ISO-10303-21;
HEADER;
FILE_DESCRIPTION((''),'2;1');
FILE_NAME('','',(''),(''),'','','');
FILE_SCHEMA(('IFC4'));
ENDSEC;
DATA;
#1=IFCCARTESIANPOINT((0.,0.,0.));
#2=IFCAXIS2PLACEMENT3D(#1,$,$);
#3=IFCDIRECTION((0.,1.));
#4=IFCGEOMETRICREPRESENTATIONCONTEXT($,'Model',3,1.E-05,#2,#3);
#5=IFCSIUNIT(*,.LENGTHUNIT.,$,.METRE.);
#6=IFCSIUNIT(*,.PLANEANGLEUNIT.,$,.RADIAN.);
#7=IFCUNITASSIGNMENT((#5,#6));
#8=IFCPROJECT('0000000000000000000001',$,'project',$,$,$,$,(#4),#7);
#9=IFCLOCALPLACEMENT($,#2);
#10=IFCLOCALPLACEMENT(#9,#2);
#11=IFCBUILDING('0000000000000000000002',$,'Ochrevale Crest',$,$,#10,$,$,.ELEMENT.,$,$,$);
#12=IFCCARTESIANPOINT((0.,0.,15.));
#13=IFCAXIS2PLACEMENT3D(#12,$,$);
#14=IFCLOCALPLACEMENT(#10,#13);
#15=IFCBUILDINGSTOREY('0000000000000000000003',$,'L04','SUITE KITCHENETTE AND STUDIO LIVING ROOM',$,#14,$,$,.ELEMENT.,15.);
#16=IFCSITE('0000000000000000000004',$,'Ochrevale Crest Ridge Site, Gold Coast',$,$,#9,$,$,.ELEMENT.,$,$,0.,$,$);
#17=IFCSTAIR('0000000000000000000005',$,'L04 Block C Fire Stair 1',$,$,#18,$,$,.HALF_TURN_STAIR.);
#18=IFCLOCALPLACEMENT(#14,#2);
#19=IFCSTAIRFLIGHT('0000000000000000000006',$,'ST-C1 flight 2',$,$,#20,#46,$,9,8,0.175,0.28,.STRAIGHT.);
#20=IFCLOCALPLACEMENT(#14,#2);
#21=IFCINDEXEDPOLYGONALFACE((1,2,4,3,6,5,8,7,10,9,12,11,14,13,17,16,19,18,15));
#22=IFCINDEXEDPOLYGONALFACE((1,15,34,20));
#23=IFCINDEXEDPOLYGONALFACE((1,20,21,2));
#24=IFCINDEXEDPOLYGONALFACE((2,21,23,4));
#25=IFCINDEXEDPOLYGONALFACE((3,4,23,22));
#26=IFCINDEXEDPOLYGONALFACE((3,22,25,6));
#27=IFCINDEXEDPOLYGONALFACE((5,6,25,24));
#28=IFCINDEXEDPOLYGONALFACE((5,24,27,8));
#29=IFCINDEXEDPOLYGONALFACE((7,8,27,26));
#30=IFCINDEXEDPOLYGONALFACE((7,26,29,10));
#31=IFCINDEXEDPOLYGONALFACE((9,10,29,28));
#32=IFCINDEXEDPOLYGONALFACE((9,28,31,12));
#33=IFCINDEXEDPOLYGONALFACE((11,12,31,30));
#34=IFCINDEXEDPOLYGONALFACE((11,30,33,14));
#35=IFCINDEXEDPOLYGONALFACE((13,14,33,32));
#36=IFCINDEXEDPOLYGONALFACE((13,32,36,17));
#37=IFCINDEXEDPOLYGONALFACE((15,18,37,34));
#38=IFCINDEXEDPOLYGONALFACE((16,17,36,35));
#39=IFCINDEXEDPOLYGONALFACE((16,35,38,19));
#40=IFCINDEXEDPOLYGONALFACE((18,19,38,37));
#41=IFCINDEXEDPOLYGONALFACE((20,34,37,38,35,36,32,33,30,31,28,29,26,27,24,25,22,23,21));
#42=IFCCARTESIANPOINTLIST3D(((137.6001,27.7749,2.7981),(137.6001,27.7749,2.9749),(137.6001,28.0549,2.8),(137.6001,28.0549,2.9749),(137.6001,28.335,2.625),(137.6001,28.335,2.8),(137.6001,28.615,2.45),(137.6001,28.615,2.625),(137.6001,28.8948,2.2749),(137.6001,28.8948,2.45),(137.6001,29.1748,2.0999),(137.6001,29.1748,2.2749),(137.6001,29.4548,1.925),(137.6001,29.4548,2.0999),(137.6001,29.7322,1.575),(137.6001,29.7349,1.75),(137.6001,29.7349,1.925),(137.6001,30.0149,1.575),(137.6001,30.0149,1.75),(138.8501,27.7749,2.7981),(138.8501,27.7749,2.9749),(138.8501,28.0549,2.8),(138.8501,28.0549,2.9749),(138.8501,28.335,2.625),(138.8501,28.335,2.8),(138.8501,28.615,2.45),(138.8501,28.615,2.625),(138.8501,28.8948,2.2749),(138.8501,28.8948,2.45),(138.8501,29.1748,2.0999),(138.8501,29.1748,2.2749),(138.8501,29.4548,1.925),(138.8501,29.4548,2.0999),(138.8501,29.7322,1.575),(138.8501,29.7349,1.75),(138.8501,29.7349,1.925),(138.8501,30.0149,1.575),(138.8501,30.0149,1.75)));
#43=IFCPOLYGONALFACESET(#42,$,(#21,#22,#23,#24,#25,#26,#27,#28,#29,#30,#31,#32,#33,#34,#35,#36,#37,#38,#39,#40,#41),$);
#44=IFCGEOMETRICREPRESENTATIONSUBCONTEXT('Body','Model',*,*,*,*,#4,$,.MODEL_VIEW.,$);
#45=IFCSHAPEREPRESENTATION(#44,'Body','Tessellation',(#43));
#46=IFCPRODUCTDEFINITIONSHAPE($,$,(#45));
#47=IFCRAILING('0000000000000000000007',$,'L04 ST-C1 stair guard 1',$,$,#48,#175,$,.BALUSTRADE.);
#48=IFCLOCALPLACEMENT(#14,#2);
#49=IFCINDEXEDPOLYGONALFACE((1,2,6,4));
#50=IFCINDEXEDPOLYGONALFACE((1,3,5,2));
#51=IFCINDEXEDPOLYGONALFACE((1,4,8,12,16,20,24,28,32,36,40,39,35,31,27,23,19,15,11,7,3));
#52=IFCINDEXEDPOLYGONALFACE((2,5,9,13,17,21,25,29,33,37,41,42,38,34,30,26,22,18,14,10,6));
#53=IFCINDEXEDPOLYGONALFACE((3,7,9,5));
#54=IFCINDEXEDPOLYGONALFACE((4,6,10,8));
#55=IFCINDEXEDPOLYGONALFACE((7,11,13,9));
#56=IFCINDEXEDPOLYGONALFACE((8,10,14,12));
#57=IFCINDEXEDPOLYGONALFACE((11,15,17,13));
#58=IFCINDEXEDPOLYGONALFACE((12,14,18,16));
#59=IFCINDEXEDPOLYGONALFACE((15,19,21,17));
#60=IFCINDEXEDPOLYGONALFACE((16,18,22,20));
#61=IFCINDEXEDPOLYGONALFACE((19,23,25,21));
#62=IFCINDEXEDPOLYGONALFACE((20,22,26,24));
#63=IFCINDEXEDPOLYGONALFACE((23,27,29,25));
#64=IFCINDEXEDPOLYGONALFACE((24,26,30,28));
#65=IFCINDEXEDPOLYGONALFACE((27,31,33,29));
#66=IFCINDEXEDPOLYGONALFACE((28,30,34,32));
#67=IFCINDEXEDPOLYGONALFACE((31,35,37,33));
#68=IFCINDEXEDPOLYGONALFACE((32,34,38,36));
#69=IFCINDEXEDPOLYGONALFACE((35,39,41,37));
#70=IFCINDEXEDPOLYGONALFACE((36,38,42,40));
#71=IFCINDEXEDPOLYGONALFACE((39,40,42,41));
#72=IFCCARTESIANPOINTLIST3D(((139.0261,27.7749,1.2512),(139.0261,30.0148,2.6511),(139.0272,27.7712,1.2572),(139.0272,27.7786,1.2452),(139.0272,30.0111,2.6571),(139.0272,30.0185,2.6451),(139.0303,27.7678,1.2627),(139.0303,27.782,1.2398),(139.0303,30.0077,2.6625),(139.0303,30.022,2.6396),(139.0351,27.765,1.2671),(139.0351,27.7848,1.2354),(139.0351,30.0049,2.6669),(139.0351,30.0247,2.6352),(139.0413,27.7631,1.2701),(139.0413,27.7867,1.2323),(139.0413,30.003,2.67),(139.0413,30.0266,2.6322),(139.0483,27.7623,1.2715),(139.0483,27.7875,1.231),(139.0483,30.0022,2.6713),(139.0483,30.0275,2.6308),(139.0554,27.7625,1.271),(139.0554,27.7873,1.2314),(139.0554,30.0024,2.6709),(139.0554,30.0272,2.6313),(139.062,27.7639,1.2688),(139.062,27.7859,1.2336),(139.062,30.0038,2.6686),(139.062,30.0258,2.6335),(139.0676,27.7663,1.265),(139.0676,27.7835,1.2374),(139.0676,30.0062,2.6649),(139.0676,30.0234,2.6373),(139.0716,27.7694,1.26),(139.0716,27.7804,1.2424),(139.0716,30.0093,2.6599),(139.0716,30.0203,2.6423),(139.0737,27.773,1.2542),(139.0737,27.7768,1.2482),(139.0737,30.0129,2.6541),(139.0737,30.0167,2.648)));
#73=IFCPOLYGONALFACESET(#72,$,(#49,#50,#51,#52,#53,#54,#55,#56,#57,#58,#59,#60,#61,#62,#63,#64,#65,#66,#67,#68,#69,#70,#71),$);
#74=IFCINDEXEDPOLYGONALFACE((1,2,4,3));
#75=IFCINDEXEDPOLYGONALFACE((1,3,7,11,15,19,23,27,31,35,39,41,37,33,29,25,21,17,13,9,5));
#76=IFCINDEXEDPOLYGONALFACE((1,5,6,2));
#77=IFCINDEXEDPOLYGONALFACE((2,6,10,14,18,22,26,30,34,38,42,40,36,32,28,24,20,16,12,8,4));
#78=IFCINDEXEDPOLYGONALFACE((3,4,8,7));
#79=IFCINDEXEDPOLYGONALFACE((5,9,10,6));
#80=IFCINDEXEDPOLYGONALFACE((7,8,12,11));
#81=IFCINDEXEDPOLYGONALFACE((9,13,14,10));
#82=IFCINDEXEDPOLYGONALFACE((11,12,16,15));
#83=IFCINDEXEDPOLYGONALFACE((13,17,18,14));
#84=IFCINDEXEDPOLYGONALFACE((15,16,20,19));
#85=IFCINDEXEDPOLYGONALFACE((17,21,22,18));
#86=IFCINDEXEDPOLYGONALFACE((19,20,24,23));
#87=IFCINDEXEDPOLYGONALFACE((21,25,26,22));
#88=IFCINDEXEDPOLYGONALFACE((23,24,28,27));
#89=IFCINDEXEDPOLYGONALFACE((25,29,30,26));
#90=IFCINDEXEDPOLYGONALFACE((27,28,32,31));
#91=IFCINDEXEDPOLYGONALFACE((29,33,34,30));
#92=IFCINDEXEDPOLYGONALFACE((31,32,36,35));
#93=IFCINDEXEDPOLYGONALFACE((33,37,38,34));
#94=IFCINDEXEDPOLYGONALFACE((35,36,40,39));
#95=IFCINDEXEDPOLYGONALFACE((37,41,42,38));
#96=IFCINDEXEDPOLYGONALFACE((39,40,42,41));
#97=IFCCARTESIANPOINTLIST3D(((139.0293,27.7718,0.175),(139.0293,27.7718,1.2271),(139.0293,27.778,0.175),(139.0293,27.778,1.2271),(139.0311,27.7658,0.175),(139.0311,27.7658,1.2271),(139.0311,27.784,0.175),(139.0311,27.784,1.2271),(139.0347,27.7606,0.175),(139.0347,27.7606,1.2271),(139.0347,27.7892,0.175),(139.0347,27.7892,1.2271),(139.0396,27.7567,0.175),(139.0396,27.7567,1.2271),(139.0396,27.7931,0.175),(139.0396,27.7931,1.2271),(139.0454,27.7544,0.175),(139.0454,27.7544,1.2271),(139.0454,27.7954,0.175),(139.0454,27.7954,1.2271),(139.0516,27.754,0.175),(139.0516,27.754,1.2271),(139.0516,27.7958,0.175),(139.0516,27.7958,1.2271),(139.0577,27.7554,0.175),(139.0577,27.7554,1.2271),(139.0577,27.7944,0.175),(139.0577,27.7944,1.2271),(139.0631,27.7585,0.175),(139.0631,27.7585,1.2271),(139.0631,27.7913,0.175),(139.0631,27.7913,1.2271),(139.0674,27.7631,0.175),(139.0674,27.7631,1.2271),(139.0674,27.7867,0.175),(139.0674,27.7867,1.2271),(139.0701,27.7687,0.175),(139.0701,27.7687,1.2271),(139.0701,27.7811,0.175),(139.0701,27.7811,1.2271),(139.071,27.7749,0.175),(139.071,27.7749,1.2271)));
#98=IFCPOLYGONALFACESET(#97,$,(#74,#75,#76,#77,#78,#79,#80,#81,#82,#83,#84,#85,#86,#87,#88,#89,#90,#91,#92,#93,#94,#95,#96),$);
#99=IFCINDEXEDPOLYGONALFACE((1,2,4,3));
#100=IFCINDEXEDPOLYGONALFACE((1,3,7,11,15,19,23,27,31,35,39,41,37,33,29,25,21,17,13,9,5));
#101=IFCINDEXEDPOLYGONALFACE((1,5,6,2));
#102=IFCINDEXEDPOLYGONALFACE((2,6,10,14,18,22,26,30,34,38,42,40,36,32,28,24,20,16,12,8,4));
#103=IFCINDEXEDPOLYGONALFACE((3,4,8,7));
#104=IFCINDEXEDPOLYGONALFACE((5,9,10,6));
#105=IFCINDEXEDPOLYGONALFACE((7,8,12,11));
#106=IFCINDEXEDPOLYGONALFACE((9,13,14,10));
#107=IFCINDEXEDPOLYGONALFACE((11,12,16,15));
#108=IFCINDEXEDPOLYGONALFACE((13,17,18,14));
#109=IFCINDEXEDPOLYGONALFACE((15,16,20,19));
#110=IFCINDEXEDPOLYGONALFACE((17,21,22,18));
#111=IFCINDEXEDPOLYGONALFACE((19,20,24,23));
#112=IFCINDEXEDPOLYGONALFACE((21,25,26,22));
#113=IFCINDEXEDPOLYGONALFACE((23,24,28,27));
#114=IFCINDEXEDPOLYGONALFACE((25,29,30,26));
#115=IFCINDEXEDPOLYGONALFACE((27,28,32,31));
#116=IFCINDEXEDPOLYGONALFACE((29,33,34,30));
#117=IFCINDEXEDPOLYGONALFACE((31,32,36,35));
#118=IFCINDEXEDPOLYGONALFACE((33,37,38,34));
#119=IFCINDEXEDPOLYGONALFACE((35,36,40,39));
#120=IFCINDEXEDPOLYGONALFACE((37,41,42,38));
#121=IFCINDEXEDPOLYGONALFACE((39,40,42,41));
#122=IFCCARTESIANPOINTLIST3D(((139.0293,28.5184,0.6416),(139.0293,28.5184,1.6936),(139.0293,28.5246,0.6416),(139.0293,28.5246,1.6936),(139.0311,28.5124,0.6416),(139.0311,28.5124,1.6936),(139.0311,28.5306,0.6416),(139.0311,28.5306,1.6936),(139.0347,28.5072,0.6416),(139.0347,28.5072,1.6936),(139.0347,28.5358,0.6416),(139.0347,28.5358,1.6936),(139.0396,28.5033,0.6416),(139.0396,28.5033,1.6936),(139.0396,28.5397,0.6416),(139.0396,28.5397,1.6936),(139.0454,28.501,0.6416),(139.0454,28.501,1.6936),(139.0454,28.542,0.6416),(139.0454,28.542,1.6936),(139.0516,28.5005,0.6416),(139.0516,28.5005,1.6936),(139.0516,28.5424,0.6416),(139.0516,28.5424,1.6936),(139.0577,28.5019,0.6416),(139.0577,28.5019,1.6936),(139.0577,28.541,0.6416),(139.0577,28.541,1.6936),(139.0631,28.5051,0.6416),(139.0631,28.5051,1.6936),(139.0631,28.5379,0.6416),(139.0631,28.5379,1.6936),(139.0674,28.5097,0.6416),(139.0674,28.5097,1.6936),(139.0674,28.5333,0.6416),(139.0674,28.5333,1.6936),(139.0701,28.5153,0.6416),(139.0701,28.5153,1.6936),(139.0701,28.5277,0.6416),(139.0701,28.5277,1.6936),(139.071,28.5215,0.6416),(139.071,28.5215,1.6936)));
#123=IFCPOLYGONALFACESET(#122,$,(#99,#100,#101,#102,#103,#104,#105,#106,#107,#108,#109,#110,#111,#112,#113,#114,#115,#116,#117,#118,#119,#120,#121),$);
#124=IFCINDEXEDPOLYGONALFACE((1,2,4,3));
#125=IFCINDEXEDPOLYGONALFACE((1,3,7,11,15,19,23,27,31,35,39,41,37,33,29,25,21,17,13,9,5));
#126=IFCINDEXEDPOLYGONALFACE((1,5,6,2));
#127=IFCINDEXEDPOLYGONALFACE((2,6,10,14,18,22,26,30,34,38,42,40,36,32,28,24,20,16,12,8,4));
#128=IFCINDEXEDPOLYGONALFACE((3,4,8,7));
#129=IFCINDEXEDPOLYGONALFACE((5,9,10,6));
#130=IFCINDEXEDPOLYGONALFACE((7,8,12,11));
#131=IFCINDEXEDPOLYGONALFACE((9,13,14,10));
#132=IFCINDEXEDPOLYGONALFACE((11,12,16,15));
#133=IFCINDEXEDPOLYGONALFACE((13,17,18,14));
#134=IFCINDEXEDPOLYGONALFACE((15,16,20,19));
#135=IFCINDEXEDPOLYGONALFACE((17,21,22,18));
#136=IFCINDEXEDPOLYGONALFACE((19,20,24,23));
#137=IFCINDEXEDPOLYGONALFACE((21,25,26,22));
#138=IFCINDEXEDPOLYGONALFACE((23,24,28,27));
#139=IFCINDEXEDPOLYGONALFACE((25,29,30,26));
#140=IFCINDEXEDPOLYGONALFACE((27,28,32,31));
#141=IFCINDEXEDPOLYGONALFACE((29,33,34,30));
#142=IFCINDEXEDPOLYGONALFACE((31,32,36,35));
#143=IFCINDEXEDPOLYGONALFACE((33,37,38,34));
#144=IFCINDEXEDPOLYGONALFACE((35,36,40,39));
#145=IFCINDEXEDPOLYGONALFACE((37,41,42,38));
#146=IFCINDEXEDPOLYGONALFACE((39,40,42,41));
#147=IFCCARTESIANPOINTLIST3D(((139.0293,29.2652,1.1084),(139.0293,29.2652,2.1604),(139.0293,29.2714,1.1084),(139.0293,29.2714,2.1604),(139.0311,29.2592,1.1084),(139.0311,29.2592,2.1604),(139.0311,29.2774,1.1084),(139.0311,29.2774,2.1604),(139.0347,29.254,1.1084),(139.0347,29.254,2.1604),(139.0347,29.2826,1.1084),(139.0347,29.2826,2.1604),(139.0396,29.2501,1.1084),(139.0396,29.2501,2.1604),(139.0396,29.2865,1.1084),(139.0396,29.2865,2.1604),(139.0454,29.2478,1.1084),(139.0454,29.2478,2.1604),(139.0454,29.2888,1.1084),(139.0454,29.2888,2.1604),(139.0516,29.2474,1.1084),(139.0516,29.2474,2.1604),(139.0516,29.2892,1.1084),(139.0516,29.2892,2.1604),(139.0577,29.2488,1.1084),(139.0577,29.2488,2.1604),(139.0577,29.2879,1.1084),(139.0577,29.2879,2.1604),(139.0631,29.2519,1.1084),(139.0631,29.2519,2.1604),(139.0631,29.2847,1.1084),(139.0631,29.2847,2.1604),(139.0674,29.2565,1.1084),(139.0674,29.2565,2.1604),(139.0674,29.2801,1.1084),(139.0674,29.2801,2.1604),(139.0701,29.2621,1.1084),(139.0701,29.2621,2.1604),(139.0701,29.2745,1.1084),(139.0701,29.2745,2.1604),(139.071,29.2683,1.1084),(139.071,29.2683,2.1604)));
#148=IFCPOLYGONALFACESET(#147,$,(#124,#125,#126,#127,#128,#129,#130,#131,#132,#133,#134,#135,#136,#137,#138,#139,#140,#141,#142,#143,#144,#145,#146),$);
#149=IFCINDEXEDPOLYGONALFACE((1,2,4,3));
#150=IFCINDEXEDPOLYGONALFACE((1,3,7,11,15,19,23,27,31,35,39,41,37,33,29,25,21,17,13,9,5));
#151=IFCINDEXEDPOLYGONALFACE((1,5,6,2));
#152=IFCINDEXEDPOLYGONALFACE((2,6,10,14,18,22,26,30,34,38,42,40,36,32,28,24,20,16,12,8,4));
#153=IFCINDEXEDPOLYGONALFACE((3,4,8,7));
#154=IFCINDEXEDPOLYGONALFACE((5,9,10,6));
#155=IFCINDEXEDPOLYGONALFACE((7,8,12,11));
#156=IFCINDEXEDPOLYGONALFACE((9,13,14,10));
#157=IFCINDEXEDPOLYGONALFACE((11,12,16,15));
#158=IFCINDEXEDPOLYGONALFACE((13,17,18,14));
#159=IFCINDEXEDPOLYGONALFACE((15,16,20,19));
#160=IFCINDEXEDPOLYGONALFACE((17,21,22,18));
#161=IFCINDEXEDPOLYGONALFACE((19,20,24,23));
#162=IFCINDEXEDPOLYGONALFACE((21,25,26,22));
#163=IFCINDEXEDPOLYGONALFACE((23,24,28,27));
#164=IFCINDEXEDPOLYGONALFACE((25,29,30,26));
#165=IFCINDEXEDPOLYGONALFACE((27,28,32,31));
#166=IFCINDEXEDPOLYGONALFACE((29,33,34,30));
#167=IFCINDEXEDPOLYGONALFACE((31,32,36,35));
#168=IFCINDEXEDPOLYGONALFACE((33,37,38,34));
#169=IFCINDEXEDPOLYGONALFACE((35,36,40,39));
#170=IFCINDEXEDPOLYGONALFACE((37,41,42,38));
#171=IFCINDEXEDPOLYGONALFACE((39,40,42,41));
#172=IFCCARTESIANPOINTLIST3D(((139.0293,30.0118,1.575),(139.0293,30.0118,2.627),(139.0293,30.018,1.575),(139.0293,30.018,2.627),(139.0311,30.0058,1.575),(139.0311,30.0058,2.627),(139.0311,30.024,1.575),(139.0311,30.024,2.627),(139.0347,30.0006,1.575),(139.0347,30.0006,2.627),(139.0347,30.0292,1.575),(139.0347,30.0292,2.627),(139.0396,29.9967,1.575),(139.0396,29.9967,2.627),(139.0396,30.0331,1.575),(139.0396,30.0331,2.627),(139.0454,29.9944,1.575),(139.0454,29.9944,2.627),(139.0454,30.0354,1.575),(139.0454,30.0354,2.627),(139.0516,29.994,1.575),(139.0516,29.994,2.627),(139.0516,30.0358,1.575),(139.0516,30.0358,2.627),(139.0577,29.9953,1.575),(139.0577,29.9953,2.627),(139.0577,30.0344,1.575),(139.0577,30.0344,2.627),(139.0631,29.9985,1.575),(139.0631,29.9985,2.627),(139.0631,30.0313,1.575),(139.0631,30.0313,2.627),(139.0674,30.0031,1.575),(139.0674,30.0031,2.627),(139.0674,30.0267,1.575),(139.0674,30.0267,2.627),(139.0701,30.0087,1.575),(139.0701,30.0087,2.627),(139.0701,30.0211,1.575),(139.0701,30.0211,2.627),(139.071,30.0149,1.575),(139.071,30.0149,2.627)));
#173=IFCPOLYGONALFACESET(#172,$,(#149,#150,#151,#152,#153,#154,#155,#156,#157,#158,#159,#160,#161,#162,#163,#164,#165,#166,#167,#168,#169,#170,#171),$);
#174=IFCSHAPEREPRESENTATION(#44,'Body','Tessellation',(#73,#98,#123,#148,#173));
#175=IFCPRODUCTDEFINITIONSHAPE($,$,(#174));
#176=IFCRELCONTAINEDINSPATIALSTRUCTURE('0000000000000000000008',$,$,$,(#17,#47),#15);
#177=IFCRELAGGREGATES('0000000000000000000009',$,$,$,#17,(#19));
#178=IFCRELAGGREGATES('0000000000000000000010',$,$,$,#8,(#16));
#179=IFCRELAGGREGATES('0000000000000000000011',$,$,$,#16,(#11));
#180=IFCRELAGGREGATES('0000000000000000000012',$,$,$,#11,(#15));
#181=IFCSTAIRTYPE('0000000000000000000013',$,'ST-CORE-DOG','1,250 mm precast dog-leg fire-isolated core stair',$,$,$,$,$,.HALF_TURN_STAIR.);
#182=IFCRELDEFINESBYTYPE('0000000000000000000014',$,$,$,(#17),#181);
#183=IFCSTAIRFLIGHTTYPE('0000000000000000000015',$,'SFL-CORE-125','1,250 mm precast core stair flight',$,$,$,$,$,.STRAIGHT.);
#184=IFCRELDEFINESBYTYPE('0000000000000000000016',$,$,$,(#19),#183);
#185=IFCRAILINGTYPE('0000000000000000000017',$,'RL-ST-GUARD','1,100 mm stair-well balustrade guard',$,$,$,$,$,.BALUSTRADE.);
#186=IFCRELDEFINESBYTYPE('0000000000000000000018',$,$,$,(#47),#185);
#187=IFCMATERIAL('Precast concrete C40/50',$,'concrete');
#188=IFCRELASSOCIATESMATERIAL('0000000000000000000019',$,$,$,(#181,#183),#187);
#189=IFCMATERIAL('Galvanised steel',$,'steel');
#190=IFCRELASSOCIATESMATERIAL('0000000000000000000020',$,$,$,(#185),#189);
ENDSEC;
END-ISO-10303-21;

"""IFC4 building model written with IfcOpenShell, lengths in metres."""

from ifc_helpers import new_model, si_unit, direction, frame, origin, origin_2d, place, context, subcontext, project, spatial, polyline, circle, outline, extrude, material, type_object, element, aggregate, save


model = new_model("IFC4")

# Units and contexts
model_context = context("Model", 3, precision=1e-05, world=origin(), true_north=direction((0.0, 1.0)))
body_context = subcontext(model_context, "Body", "Model", "MODEL_VIEW")
ifc_project = project(units=[si_unit("LENGTHUNIT", "METRE"), si_unit("PLANEANGLEUNIT", "RADIAN")], contexts=[model_context])

# Site, building, storey
site_placement = place(None, origin())
site = spatial("IfcSite", under=ifc_project, at=site_placement, Name="Ochrevale Crest Ridge Site, Gold Coast", CompositionType="ELEMENT", RefElevation=0.0)
building_placement = place(site_placement, origin())
building = spatial("IfcBuilding", under=site, at=building_placement, Name="Ochrevale Crest", CompositionType="ELEMENT")
storey_placement = place(building_placement, frame((0.0, 0.0, 15.0)))
storey = spatial("IfcBuildingStorey", under=building, at=storey_placement, Name="L04", Description="SUITE KITCHENETTE AND STUDIO LIVING ROOM", CompositionType="ELEMENT", Elevation=15.0)

# Stair, stair flight
ifc_material_1 = material(Name="Precast concrete C40/50", Category="concrete")
stair_type = type_object("IfcStairType", Name="ST-CORE-DOG", Description="1,250 mm precast dog-leg fire-isolated core stair", PredefinedType="HALF_TURN_STAIR", material=ifc_material_1)
stair_placement = place(storey_placement, origin())
stair = element("IfcStair", 1, at=stair_placement, inside=storey, type_object=stair_type, Name="L04 Block C Fire Stair 1", PredefinedType="HALF_TURN_STAIR")
stair_flight_type = type_object("IfcStairFlightType", Name="SFL-CORE-125", Description="1,250 mm precast core stair flight", PredefinedType="STRAIGHT", material=ifc_material_1)
stair_flight_1_placement = place(storey_placement, frame((138.2251, 30.0149, 1.575), z_axis=(0.0, 0.0, 1.0), x_axis=(0.0, -1.0, 0.0)))
stair_flight_1 = element("IfcStairFlight", 2, at=stair_flight_1_placement, type_object=stair_flight_type, Name="ST-C1 flight 2", NumberOfRisers=9, NumberOfTreads=8, PredefinedType="STRAIGHT", RiserHeight=0.175, TreadLength=0.28, context=body_context, shape_type="SweptSolid", body=[
    extrude(outline(polyline([(0.0, 0.0), (0.0, 0.175), (0.28, 0.175), (0.28, 0.3501), (0.5601, 0.3501), (0.5601, 0.5249), (0.8401, 0.5249), (0.8401, 0.7), (1.1201, 0.7), (1.1201, 0.875), (1.3999, 0.875), (1.3999, 1.05), (1.6799, 1.05), (1.6799, 1.2251), (1.96, 1.2251), (1.96, 1.3999), (2.24, 1.3999), (2.24, 1.575), (2.24, 1.2231), (0.2827, 0.0), (0.0, 0.0)])), frame((0.0, 0.625, 0.0), z_axis=(0.0, -1.0, 0.0), x_axis=(1.0, 0.0, 0.0)), (0.0, 0.0, 1.0), 1.25),
])
aggregate(stair, [stair_flight_1])

# Railing
ifc_material_2 = material(Name="Galvanised steel", Category="steel")
railing_type_1 = type_object("IfcRailingType", Name="RL-ST-GUARD", Description="1,100 mm stair-well balustrade guard", PredefinedType="BALUSTRADE", material=ifc_material_2)
railing_1_placement = place(storey_placement, frame((139.05, 27.7749, 0.175)))
element("IfcRailing", 3, at=railing_1_placement, inside=storey, type_object=railing_type_1, Name="L04 ST-C1 stair guard 1", PredefinedType="BALUSTRADE", context=body_context, shape_type="SweptSolid", body=[
    extrude(circle(Radius=0.0239, at=origin_2d()), frame((0.0, 0.0, 1.0762), z_axis=(0.0, 0.848014, 0.529974), x_axis=(-1.0, 0.0, 0.0)), (0.0, 0.0, 1.0), 2.6414),
    extrude(circle(Radius=0.021, at=origin_2d()), origin(), (0.0, 0.0, 1.0), 1.052),
    extrude(circle(Radius=0.021, at=origin_2d()), frame((0.0, 0.7466, 0.4666)), (0.0, 0.0, 1.0), 1.052),
    extrude(circle(Radius=0.021, at=origin_2d()), frame((0.0, 1.4934, 0.9333)), (0.0, 0.0, 1.0), 1.052),
    extrude(circle(Radius=0.021, at=origin_2d()), frame((0.0, 2.24, 1.3999)), (0.0, 0.0, 1.0), 1.052),
])

save(model, "model.ifc")
